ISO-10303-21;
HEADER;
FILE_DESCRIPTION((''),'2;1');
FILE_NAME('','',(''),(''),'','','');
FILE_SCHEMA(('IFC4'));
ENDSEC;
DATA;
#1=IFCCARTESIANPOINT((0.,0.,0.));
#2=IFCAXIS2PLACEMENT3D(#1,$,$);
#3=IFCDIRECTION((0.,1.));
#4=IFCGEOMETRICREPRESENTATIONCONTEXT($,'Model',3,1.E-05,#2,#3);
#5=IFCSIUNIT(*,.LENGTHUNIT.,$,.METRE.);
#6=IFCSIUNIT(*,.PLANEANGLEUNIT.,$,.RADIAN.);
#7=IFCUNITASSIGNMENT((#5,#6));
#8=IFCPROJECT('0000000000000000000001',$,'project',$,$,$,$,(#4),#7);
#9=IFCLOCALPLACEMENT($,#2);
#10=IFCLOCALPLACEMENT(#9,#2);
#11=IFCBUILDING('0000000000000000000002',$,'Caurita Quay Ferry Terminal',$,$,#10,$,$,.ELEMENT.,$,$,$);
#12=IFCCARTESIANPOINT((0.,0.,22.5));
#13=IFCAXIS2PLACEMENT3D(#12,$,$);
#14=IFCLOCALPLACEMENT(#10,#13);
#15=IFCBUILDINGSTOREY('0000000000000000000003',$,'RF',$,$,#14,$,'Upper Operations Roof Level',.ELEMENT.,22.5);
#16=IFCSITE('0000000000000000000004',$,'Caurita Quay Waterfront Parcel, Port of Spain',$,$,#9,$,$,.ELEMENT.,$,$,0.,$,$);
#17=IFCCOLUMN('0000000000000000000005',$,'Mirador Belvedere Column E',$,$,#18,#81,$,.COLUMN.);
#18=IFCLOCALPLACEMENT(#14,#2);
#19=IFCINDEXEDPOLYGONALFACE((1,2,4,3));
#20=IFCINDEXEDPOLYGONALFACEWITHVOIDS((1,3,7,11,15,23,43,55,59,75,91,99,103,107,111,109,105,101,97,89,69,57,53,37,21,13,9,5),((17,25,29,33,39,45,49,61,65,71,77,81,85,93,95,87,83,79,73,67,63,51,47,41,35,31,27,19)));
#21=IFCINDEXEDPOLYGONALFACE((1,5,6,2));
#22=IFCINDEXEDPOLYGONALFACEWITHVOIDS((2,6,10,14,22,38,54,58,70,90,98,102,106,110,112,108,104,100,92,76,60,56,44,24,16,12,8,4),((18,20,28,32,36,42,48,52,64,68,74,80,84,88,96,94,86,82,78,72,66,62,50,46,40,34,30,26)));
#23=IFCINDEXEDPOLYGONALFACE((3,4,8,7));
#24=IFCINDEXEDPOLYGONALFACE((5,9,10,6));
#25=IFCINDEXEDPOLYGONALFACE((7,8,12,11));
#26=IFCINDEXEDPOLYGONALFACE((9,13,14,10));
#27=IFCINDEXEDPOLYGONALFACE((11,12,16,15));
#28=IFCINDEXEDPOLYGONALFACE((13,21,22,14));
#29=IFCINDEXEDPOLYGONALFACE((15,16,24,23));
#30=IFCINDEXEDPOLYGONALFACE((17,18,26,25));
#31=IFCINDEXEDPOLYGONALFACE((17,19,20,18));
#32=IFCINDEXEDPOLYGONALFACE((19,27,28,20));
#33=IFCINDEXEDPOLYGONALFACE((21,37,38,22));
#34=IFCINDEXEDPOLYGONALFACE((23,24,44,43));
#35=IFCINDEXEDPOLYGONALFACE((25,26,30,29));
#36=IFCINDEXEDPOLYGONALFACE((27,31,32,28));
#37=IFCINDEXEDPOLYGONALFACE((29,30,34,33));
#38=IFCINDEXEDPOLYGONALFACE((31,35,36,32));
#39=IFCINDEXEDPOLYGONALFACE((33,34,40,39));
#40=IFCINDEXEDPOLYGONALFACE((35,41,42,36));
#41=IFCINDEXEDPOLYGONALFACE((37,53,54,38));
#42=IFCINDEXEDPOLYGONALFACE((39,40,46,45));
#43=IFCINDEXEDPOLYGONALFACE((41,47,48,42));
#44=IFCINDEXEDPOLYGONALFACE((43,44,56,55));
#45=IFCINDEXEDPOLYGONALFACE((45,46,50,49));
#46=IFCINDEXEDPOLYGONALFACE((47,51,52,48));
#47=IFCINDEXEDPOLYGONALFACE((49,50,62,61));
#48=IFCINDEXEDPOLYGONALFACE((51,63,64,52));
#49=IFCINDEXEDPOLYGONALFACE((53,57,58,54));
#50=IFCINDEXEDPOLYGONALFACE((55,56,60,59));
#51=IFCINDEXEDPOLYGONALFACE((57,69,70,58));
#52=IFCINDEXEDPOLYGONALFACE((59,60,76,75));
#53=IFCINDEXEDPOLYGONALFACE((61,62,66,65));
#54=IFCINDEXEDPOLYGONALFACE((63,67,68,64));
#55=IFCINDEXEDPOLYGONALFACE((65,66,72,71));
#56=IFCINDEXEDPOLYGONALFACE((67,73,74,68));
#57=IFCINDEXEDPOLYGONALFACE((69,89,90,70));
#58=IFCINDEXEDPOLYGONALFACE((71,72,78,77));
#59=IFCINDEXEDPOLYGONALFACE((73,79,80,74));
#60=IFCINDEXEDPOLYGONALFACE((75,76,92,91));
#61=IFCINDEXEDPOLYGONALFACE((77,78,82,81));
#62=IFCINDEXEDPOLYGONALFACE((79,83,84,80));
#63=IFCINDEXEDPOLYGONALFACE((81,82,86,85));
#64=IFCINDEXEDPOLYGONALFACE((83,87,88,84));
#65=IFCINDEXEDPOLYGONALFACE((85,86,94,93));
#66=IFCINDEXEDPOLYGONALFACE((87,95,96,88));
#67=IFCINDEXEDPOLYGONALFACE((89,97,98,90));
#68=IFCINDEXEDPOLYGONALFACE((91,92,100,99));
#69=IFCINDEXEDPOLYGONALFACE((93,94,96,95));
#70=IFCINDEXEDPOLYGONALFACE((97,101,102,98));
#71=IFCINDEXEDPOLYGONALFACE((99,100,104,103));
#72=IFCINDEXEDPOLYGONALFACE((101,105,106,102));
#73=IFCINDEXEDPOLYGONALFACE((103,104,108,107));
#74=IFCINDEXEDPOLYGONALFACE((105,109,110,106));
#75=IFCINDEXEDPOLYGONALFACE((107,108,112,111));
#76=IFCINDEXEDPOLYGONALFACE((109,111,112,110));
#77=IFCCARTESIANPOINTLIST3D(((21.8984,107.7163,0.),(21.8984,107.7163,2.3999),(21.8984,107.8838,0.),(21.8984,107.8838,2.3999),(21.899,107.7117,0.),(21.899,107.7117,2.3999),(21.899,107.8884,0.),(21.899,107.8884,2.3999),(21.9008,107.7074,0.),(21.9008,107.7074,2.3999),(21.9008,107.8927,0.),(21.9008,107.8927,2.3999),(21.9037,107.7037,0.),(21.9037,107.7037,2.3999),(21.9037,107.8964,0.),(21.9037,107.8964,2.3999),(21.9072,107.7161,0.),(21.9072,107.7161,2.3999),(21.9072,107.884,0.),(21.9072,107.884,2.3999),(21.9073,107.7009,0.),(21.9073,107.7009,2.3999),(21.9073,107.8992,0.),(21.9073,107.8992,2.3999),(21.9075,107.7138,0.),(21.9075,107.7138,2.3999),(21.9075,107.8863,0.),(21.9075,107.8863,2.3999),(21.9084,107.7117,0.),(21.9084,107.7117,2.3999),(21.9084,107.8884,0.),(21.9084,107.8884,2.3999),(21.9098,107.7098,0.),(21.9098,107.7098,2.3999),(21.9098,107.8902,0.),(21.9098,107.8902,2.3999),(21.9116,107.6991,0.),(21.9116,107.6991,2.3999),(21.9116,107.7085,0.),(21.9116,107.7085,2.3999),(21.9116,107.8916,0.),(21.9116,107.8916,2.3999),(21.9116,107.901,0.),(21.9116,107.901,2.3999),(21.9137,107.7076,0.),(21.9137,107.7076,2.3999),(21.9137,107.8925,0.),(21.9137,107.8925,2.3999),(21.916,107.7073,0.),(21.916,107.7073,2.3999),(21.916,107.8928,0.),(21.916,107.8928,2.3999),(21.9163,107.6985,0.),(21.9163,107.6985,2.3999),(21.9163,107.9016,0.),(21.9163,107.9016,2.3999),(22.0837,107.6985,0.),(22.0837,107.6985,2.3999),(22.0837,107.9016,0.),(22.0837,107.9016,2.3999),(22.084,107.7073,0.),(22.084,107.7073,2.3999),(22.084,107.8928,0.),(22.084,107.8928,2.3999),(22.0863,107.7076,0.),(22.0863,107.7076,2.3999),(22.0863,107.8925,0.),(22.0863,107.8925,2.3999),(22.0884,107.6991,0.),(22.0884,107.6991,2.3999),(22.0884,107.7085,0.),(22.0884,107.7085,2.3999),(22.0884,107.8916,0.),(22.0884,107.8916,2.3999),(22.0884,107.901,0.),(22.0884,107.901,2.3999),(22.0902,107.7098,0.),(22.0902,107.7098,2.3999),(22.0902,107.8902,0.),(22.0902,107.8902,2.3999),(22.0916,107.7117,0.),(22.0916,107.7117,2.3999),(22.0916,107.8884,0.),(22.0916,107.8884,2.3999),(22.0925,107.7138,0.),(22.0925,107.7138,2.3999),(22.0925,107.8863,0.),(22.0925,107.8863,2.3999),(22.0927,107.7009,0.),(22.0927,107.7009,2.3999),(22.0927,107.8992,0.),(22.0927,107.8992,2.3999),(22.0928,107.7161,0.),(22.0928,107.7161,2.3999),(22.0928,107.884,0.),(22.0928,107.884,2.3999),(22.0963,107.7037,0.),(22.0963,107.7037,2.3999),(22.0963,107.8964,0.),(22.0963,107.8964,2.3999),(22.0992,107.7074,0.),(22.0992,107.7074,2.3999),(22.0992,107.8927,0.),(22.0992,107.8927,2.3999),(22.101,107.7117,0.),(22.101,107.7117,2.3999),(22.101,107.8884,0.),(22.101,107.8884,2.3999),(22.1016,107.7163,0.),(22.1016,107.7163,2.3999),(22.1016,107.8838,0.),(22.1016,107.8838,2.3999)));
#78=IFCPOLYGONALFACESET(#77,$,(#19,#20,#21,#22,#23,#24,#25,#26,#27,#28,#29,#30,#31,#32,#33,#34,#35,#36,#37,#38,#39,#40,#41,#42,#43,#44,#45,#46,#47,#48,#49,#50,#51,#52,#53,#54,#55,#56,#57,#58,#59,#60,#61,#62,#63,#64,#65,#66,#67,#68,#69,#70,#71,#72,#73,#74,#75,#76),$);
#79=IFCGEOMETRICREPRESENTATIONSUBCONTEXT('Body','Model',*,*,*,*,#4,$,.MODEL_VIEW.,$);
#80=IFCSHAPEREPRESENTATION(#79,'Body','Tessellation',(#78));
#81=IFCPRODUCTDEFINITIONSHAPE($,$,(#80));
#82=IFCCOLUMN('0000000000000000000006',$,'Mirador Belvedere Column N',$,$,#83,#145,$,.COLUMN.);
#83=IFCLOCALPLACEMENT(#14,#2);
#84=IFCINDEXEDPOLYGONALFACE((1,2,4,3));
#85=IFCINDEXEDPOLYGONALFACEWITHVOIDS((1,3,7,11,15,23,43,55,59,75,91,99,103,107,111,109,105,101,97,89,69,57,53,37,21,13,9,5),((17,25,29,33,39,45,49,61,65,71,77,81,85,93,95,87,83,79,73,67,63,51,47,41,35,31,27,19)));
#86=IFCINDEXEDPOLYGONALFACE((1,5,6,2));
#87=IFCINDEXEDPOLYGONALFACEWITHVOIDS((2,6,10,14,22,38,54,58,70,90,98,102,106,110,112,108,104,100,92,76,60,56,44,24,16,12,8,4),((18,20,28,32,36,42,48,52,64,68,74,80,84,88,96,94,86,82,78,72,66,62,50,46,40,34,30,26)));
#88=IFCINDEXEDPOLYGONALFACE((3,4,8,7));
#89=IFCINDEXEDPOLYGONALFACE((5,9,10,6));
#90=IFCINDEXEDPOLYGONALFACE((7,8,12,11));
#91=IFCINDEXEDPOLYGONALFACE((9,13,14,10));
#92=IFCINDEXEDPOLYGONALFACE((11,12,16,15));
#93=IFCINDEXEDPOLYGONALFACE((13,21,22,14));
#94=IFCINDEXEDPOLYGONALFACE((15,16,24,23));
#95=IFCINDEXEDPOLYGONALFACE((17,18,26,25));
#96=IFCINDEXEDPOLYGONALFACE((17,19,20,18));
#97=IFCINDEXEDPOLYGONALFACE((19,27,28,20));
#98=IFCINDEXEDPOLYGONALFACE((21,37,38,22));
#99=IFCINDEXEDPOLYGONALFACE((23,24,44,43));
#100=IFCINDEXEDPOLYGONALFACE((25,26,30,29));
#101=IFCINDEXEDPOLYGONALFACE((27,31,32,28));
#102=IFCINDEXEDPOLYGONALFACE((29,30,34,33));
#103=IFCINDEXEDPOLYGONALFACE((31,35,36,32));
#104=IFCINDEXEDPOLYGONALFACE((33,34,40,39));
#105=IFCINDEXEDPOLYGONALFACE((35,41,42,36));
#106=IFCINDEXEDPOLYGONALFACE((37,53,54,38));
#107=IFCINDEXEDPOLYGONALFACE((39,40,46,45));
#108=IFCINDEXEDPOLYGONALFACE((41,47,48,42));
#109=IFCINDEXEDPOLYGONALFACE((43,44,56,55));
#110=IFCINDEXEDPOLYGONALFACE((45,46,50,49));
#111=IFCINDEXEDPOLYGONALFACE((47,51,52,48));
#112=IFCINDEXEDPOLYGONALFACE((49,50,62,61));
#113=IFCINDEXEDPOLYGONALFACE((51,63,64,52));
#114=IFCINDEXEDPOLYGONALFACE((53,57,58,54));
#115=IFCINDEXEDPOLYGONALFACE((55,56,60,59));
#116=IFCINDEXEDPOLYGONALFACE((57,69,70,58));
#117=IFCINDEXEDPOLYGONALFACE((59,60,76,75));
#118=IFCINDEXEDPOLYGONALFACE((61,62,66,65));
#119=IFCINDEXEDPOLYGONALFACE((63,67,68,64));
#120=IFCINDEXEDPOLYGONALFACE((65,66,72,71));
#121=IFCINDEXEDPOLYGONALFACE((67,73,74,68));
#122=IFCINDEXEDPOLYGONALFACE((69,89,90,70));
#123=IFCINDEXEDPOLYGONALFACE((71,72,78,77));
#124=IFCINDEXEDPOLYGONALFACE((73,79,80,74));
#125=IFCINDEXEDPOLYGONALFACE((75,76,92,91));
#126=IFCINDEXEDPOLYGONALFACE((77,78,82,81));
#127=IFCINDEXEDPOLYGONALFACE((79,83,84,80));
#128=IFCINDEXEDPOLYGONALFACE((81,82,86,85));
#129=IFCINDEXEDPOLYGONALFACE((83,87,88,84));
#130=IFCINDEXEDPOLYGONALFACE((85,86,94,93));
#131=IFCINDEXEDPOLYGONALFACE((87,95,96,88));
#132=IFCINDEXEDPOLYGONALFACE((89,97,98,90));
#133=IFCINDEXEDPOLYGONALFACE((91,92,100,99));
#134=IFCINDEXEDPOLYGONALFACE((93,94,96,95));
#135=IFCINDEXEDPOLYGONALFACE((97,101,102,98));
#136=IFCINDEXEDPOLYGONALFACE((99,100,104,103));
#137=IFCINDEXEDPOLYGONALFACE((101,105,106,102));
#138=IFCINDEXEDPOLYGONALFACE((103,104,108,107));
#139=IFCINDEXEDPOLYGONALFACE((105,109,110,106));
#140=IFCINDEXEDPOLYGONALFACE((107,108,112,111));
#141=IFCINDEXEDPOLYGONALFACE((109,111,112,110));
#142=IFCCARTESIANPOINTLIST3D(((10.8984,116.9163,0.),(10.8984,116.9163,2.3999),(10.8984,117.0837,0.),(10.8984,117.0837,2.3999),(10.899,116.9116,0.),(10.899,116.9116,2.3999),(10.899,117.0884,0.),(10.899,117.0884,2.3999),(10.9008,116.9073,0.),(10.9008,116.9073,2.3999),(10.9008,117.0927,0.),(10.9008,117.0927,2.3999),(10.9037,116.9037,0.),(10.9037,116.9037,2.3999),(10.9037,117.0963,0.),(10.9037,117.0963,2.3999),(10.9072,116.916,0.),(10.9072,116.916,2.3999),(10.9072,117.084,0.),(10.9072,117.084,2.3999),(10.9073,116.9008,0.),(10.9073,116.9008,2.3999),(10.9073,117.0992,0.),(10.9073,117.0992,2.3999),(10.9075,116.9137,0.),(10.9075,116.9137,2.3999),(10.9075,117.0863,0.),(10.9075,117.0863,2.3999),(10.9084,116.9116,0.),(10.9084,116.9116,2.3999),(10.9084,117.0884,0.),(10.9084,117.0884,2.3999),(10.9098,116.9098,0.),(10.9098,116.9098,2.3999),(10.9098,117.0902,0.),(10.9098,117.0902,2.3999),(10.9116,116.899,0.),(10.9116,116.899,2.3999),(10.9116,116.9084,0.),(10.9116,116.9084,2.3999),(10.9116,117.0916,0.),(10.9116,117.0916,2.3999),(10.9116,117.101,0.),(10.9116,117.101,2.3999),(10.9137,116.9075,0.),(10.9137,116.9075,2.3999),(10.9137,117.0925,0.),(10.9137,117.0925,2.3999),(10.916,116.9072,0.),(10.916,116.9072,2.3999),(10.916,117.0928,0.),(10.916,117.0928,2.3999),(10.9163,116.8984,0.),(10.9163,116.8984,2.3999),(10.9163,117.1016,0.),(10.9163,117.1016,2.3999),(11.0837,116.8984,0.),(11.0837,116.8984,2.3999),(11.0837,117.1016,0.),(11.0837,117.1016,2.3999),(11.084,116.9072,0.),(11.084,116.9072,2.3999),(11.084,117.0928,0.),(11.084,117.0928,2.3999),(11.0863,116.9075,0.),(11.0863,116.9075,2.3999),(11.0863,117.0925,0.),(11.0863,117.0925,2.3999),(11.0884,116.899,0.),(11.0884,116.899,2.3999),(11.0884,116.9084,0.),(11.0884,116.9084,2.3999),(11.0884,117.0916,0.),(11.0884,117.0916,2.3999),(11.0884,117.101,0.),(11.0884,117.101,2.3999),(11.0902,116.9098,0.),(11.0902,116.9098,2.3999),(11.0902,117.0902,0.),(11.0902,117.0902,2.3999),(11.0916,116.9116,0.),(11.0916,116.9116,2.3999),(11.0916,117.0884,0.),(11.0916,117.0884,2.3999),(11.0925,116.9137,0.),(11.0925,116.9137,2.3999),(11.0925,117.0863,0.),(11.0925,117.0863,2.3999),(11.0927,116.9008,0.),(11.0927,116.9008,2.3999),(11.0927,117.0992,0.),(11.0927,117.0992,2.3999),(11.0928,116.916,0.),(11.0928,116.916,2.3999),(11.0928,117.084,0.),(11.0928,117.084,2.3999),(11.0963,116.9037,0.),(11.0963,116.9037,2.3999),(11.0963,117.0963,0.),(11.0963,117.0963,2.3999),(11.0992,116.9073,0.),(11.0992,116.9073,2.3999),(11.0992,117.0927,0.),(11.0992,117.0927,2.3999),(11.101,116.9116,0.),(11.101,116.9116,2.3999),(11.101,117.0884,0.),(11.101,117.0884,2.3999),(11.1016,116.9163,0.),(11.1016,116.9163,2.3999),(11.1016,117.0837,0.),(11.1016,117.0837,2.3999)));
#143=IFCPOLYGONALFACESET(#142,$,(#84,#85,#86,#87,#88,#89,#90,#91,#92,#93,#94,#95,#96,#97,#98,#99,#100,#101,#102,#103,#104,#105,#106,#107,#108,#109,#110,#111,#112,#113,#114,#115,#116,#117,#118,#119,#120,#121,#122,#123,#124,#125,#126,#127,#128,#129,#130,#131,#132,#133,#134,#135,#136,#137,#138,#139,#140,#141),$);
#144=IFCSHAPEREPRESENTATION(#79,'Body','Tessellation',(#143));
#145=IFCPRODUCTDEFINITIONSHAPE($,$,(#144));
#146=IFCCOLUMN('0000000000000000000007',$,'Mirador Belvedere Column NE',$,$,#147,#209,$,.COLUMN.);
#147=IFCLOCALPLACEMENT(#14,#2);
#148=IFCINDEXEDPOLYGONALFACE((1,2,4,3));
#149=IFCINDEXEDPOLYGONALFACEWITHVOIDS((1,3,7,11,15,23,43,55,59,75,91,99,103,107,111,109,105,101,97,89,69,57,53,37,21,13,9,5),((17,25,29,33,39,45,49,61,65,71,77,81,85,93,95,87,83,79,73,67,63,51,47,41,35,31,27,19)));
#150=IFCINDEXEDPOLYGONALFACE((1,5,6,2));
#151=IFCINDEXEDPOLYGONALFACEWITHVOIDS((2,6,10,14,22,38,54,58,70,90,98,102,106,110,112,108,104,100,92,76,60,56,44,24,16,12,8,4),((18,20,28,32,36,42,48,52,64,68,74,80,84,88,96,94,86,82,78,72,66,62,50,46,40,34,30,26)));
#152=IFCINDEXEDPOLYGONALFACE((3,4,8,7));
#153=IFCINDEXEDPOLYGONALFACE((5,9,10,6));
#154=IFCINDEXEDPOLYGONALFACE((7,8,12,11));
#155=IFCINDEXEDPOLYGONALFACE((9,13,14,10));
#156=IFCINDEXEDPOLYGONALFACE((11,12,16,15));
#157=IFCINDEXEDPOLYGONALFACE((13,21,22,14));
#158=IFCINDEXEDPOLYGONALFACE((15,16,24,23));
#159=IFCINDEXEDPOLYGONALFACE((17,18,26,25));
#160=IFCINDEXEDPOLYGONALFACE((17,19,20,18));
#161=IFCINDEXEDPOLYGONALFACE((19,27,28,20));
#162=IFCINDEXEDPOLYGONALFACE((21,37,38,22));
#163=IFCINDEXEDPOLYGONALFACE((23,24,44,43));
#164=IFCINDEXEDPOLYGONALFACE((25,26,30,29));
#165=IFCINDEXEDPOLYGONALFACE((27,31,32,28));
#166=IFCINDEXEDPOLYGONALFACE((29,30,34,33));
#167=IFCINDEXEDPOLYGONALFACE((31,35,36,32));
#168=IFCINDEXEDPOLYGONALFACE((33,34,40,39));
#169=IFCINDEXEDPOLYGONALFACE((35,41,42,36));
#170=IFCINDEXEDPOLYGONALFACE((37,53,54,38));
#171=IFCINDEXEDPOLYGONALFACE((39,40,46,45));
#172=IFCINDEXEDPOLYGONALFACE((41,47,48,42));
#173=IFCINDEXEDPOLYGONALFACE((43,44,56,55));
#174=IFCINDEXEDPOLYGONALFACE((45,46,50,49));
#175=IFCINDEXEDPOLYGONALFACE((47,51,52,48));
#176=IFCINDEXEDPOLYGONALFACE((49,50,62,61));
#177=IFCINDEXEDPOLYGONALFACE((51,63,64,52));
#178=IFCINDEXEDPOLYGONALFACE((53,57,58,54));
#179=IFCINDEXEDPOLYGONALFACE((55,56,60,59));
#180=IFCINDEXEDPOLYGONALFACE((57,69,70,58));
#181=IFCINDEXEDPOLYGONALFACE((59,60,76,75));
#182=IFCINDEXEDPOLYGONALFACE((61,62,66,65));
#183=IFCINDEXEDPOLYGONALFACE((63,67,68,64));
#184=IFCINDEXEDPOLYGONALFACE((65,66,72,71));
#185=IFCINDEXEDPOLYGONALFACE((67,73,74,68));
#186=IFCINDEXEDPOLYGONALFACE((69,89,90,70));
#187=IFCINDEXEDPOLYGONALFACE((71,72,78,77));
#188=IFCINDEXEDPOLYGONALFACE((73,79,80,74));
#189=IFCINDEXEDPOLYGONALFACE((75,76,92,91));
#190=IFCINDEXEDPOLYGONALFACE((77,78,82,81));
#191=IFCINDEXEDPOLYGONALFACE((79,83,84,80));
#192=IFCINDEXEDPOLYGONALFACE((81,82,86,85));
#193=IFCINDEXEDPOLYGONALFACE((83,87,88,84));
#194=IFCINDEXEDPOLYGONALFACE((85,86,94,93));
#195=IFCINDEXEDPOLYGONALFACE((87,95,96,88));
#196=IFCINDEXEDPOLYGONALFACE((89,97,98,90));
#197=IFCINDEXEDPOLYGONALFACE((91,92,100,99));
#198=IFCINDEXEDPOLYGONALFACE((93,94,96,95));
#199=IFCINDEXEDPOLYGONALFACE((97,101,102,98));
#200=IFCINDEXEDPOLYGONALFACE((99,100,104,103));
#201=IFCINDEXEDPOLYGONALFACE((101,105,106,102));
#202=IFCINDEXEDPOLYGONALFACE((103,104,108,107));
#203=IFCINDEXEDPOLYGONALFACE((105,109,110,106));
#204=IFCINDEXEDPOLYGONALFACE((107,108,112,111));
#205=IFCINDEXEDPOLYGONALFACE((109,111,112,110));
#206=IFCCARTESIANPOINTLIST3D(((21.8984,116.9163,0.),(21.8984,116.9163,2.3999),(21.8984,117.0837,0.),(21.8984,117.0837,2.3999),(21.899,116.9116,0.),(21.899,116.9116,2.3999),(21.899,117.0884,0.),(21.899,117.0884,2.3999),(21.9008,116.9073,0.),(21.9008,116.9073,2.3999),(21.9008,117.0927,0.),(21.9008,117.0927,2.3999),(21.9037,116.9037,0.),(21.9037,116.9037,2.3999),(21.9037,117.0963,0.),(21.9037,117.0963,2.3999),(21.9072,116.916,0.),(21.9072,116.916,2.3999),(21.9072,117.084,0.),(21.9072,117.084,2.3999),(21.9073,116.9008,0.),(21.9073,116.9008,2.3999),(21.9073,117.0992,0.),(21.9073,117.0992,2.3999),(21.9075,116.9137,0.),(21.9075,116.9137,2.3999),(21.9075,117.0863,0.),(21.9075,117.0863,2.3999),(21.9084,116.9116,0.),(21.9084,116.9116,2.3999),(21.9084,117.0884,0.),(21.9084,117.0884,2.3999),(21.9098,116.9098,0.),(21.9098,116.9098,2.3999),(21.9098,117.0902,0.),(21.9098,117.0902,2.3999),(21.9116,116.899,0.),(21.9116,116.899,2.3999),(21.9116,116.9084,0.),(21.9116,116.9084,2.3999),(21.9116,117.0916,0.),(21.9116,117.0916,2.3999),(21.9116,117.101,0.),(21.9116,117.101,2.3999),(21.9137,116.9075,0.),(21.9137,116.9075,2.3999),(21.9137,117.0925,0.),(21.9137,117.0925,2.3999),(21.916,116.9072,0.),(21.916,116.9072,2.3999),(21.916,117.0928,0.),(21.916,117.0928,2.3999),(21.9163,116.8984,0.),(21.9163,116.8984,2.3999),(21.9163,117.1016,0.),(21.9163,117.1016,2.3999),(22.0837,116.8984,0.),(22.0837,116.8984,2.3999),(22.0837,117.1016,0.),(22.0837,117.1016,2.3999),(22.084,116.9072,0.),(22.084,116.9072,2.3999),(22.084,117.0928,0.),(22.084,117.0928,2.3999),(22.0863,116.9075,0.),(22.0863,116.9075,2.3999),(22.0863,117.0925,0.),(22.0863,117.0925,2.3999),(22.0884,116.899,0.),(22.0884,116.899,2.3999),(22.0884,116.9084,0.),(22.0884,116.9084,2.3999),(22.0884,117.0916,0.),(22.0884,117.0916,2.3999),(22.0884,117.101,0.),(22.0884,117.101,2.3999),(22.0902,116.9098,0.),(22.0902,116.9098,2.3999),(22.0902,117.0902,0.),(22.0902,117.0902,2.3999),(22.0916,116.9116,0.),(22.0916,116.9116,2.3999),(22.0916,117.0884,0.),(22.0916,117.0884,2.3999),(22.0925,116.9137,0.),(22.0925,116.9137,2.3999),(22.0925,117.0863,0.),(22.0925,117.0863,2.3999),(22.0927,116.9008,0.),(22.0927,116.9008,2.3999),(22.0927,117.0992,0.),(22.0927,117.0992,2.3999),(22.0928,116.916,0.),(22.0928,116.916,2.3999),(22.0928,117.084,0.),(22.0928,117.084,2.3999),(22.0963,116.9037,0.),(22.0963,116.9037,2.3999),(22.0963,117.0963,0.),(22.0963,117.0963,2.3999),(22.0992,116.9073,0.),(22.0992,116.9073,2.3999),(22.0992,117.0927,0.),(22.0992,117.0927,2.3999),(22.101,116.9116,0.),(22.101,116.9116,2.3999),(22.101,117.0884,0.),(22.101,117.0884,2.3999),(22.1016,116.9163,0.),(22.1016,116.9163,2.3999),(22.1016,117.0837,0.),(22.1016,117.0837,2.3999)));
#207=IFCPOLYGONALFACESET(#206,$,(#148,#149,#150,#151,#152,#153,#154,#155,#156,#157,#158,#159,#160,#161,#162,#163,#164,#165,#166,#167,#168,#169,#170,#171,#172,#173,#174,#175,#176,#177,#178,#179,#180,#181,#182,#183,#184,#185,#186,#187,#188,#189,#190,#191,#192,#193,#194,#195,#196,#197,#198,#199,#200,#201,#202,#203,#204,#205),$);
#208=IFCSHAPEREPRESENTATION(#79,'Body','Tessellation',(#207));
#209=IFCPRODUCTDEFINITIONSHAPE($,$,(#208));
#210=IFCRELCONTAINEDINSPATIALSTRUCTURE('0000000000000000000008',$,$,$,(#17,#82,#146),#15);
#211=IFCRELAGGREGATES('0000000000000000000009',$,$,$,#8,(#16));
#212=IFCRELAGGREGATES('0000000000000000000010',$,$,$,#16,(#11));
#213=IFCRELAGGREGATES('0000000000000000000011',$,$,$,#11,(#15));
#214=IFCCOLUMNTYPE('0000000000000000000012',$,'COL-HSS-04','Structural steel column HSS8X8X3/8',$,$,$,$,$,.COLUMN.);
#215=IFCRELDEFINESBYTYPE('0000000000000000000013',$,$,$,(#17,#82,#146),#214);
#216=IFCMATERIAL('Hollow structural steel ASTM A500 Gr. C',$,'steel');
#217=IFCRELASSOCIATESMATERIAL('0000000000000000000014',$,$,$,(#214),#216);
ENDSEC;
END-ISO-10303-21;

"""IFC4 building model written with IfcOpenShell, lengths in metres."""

from ifc_helpers import new_model, si_unit, direction, frame, origin, origin_2d, place, context, subcontext, project, spatial, hollow_rectangle, extrude, material, material_profile, profile_set, type_object, element, save


model = new_model("IFC4")

# Units and contexts
model_context = context("Model", 3, precision=1e-05, world=origin(), true_north=direction((0.0, 1.0)))
body_context = subcontext(model_context, "Body", "Model", "MODEL_VIEW")
ifc_project = project(units=[si_unit("LENGTHUNIT", "METRE"), si_unit("PLANEANGLEUNIT", "RADIAN")], contexts=[model_context])

# Site, building, storey
site_placement = place(None, origin())
site = spatial("IfcSite", under=ifc_project, at=site_placement, Name="Caurita Quay Waterfront Parcel, Port of Spain", CompositionType="ELEMENT", RefElevation=0.0)
building_placement = place(site_placement, origin())
building = spatial("IfcBuilding", under=site, at=building_placement, Name="Caurita Quay Ferry Terminal", CompositionType="ELEMENT")
storey_placement = place(building_placement, frame((0.0, 0.0, 22.5)))
storey = spatial("IfcBuildingStorey", under=building, at=storey_placement, Name="RF", LongName="Upper Operations Roof Level", CompositionType="ELEMENT", Elevation=22.5)

# Columns
ifc_material_1 = material(Name="Hollow structural steel ASTM A500 Gr. C", Category="steel")
ifc_material_profile_1 = material_profile(ifc_material_1, hollow_rectangle(XDim=0.2031, YDim=0.2031, WallThickness=0.0088, InnerFilletRadius=0.0088, OuterFilletRadius=0.0178, at=origin_2d()), Name="HSS8X8X3/8")
ifc_profile_set_1 = profile_set([ifc_material_profile_1], Name="Hollow structural steel ASTM A500 Gr. C")
column_type = type_object("IfcColumnType", Name="COL-HSS-04", Description="Structural steel column HSS8X8X3/8", PredefinedType="COLUMN", material=ifc_profile_set_1)
for number, where, z_axis, x_axis, name in (
    (1, (22.0, 107.8, 0.0), (0.0, 0.0, 1.0), (1.0, 0.0, 0.0), "Mirador Belvedere Column E"),
    (2, (11.0, 117.0, 0.0), (0.0, 0.0, 1.0), (1.0, 0.0, 0.0), "Mirador Belvedere Column N"),
    (3, (22.0, 117.0, 0.0), (0.0, 0.0, 1.0), (1.0, 0.0, 0.0), "Mirador Belvedere Column NE"),
):
    element("IfcColumn", number, at=place(storey_placement, frame(where, z_axis=z_axis, x_axis=x_axis)), inside=storey, type_object=column_type, Name=name, PredefinedType="COLUMN", context=body_context, shape_type="SweptSolid", body=[
        extrude(hollow_rectangle(XDim=0.2031, YDim=0.2031, WallThickness=0.0088, InnerFilletRadius=0.0088, OuterFilletRadius=0.0178, at=origin_2d()), origin(), (0.0, 0.0, 1.0), 2.3999),
    ])

save(model, "model.ifc")
